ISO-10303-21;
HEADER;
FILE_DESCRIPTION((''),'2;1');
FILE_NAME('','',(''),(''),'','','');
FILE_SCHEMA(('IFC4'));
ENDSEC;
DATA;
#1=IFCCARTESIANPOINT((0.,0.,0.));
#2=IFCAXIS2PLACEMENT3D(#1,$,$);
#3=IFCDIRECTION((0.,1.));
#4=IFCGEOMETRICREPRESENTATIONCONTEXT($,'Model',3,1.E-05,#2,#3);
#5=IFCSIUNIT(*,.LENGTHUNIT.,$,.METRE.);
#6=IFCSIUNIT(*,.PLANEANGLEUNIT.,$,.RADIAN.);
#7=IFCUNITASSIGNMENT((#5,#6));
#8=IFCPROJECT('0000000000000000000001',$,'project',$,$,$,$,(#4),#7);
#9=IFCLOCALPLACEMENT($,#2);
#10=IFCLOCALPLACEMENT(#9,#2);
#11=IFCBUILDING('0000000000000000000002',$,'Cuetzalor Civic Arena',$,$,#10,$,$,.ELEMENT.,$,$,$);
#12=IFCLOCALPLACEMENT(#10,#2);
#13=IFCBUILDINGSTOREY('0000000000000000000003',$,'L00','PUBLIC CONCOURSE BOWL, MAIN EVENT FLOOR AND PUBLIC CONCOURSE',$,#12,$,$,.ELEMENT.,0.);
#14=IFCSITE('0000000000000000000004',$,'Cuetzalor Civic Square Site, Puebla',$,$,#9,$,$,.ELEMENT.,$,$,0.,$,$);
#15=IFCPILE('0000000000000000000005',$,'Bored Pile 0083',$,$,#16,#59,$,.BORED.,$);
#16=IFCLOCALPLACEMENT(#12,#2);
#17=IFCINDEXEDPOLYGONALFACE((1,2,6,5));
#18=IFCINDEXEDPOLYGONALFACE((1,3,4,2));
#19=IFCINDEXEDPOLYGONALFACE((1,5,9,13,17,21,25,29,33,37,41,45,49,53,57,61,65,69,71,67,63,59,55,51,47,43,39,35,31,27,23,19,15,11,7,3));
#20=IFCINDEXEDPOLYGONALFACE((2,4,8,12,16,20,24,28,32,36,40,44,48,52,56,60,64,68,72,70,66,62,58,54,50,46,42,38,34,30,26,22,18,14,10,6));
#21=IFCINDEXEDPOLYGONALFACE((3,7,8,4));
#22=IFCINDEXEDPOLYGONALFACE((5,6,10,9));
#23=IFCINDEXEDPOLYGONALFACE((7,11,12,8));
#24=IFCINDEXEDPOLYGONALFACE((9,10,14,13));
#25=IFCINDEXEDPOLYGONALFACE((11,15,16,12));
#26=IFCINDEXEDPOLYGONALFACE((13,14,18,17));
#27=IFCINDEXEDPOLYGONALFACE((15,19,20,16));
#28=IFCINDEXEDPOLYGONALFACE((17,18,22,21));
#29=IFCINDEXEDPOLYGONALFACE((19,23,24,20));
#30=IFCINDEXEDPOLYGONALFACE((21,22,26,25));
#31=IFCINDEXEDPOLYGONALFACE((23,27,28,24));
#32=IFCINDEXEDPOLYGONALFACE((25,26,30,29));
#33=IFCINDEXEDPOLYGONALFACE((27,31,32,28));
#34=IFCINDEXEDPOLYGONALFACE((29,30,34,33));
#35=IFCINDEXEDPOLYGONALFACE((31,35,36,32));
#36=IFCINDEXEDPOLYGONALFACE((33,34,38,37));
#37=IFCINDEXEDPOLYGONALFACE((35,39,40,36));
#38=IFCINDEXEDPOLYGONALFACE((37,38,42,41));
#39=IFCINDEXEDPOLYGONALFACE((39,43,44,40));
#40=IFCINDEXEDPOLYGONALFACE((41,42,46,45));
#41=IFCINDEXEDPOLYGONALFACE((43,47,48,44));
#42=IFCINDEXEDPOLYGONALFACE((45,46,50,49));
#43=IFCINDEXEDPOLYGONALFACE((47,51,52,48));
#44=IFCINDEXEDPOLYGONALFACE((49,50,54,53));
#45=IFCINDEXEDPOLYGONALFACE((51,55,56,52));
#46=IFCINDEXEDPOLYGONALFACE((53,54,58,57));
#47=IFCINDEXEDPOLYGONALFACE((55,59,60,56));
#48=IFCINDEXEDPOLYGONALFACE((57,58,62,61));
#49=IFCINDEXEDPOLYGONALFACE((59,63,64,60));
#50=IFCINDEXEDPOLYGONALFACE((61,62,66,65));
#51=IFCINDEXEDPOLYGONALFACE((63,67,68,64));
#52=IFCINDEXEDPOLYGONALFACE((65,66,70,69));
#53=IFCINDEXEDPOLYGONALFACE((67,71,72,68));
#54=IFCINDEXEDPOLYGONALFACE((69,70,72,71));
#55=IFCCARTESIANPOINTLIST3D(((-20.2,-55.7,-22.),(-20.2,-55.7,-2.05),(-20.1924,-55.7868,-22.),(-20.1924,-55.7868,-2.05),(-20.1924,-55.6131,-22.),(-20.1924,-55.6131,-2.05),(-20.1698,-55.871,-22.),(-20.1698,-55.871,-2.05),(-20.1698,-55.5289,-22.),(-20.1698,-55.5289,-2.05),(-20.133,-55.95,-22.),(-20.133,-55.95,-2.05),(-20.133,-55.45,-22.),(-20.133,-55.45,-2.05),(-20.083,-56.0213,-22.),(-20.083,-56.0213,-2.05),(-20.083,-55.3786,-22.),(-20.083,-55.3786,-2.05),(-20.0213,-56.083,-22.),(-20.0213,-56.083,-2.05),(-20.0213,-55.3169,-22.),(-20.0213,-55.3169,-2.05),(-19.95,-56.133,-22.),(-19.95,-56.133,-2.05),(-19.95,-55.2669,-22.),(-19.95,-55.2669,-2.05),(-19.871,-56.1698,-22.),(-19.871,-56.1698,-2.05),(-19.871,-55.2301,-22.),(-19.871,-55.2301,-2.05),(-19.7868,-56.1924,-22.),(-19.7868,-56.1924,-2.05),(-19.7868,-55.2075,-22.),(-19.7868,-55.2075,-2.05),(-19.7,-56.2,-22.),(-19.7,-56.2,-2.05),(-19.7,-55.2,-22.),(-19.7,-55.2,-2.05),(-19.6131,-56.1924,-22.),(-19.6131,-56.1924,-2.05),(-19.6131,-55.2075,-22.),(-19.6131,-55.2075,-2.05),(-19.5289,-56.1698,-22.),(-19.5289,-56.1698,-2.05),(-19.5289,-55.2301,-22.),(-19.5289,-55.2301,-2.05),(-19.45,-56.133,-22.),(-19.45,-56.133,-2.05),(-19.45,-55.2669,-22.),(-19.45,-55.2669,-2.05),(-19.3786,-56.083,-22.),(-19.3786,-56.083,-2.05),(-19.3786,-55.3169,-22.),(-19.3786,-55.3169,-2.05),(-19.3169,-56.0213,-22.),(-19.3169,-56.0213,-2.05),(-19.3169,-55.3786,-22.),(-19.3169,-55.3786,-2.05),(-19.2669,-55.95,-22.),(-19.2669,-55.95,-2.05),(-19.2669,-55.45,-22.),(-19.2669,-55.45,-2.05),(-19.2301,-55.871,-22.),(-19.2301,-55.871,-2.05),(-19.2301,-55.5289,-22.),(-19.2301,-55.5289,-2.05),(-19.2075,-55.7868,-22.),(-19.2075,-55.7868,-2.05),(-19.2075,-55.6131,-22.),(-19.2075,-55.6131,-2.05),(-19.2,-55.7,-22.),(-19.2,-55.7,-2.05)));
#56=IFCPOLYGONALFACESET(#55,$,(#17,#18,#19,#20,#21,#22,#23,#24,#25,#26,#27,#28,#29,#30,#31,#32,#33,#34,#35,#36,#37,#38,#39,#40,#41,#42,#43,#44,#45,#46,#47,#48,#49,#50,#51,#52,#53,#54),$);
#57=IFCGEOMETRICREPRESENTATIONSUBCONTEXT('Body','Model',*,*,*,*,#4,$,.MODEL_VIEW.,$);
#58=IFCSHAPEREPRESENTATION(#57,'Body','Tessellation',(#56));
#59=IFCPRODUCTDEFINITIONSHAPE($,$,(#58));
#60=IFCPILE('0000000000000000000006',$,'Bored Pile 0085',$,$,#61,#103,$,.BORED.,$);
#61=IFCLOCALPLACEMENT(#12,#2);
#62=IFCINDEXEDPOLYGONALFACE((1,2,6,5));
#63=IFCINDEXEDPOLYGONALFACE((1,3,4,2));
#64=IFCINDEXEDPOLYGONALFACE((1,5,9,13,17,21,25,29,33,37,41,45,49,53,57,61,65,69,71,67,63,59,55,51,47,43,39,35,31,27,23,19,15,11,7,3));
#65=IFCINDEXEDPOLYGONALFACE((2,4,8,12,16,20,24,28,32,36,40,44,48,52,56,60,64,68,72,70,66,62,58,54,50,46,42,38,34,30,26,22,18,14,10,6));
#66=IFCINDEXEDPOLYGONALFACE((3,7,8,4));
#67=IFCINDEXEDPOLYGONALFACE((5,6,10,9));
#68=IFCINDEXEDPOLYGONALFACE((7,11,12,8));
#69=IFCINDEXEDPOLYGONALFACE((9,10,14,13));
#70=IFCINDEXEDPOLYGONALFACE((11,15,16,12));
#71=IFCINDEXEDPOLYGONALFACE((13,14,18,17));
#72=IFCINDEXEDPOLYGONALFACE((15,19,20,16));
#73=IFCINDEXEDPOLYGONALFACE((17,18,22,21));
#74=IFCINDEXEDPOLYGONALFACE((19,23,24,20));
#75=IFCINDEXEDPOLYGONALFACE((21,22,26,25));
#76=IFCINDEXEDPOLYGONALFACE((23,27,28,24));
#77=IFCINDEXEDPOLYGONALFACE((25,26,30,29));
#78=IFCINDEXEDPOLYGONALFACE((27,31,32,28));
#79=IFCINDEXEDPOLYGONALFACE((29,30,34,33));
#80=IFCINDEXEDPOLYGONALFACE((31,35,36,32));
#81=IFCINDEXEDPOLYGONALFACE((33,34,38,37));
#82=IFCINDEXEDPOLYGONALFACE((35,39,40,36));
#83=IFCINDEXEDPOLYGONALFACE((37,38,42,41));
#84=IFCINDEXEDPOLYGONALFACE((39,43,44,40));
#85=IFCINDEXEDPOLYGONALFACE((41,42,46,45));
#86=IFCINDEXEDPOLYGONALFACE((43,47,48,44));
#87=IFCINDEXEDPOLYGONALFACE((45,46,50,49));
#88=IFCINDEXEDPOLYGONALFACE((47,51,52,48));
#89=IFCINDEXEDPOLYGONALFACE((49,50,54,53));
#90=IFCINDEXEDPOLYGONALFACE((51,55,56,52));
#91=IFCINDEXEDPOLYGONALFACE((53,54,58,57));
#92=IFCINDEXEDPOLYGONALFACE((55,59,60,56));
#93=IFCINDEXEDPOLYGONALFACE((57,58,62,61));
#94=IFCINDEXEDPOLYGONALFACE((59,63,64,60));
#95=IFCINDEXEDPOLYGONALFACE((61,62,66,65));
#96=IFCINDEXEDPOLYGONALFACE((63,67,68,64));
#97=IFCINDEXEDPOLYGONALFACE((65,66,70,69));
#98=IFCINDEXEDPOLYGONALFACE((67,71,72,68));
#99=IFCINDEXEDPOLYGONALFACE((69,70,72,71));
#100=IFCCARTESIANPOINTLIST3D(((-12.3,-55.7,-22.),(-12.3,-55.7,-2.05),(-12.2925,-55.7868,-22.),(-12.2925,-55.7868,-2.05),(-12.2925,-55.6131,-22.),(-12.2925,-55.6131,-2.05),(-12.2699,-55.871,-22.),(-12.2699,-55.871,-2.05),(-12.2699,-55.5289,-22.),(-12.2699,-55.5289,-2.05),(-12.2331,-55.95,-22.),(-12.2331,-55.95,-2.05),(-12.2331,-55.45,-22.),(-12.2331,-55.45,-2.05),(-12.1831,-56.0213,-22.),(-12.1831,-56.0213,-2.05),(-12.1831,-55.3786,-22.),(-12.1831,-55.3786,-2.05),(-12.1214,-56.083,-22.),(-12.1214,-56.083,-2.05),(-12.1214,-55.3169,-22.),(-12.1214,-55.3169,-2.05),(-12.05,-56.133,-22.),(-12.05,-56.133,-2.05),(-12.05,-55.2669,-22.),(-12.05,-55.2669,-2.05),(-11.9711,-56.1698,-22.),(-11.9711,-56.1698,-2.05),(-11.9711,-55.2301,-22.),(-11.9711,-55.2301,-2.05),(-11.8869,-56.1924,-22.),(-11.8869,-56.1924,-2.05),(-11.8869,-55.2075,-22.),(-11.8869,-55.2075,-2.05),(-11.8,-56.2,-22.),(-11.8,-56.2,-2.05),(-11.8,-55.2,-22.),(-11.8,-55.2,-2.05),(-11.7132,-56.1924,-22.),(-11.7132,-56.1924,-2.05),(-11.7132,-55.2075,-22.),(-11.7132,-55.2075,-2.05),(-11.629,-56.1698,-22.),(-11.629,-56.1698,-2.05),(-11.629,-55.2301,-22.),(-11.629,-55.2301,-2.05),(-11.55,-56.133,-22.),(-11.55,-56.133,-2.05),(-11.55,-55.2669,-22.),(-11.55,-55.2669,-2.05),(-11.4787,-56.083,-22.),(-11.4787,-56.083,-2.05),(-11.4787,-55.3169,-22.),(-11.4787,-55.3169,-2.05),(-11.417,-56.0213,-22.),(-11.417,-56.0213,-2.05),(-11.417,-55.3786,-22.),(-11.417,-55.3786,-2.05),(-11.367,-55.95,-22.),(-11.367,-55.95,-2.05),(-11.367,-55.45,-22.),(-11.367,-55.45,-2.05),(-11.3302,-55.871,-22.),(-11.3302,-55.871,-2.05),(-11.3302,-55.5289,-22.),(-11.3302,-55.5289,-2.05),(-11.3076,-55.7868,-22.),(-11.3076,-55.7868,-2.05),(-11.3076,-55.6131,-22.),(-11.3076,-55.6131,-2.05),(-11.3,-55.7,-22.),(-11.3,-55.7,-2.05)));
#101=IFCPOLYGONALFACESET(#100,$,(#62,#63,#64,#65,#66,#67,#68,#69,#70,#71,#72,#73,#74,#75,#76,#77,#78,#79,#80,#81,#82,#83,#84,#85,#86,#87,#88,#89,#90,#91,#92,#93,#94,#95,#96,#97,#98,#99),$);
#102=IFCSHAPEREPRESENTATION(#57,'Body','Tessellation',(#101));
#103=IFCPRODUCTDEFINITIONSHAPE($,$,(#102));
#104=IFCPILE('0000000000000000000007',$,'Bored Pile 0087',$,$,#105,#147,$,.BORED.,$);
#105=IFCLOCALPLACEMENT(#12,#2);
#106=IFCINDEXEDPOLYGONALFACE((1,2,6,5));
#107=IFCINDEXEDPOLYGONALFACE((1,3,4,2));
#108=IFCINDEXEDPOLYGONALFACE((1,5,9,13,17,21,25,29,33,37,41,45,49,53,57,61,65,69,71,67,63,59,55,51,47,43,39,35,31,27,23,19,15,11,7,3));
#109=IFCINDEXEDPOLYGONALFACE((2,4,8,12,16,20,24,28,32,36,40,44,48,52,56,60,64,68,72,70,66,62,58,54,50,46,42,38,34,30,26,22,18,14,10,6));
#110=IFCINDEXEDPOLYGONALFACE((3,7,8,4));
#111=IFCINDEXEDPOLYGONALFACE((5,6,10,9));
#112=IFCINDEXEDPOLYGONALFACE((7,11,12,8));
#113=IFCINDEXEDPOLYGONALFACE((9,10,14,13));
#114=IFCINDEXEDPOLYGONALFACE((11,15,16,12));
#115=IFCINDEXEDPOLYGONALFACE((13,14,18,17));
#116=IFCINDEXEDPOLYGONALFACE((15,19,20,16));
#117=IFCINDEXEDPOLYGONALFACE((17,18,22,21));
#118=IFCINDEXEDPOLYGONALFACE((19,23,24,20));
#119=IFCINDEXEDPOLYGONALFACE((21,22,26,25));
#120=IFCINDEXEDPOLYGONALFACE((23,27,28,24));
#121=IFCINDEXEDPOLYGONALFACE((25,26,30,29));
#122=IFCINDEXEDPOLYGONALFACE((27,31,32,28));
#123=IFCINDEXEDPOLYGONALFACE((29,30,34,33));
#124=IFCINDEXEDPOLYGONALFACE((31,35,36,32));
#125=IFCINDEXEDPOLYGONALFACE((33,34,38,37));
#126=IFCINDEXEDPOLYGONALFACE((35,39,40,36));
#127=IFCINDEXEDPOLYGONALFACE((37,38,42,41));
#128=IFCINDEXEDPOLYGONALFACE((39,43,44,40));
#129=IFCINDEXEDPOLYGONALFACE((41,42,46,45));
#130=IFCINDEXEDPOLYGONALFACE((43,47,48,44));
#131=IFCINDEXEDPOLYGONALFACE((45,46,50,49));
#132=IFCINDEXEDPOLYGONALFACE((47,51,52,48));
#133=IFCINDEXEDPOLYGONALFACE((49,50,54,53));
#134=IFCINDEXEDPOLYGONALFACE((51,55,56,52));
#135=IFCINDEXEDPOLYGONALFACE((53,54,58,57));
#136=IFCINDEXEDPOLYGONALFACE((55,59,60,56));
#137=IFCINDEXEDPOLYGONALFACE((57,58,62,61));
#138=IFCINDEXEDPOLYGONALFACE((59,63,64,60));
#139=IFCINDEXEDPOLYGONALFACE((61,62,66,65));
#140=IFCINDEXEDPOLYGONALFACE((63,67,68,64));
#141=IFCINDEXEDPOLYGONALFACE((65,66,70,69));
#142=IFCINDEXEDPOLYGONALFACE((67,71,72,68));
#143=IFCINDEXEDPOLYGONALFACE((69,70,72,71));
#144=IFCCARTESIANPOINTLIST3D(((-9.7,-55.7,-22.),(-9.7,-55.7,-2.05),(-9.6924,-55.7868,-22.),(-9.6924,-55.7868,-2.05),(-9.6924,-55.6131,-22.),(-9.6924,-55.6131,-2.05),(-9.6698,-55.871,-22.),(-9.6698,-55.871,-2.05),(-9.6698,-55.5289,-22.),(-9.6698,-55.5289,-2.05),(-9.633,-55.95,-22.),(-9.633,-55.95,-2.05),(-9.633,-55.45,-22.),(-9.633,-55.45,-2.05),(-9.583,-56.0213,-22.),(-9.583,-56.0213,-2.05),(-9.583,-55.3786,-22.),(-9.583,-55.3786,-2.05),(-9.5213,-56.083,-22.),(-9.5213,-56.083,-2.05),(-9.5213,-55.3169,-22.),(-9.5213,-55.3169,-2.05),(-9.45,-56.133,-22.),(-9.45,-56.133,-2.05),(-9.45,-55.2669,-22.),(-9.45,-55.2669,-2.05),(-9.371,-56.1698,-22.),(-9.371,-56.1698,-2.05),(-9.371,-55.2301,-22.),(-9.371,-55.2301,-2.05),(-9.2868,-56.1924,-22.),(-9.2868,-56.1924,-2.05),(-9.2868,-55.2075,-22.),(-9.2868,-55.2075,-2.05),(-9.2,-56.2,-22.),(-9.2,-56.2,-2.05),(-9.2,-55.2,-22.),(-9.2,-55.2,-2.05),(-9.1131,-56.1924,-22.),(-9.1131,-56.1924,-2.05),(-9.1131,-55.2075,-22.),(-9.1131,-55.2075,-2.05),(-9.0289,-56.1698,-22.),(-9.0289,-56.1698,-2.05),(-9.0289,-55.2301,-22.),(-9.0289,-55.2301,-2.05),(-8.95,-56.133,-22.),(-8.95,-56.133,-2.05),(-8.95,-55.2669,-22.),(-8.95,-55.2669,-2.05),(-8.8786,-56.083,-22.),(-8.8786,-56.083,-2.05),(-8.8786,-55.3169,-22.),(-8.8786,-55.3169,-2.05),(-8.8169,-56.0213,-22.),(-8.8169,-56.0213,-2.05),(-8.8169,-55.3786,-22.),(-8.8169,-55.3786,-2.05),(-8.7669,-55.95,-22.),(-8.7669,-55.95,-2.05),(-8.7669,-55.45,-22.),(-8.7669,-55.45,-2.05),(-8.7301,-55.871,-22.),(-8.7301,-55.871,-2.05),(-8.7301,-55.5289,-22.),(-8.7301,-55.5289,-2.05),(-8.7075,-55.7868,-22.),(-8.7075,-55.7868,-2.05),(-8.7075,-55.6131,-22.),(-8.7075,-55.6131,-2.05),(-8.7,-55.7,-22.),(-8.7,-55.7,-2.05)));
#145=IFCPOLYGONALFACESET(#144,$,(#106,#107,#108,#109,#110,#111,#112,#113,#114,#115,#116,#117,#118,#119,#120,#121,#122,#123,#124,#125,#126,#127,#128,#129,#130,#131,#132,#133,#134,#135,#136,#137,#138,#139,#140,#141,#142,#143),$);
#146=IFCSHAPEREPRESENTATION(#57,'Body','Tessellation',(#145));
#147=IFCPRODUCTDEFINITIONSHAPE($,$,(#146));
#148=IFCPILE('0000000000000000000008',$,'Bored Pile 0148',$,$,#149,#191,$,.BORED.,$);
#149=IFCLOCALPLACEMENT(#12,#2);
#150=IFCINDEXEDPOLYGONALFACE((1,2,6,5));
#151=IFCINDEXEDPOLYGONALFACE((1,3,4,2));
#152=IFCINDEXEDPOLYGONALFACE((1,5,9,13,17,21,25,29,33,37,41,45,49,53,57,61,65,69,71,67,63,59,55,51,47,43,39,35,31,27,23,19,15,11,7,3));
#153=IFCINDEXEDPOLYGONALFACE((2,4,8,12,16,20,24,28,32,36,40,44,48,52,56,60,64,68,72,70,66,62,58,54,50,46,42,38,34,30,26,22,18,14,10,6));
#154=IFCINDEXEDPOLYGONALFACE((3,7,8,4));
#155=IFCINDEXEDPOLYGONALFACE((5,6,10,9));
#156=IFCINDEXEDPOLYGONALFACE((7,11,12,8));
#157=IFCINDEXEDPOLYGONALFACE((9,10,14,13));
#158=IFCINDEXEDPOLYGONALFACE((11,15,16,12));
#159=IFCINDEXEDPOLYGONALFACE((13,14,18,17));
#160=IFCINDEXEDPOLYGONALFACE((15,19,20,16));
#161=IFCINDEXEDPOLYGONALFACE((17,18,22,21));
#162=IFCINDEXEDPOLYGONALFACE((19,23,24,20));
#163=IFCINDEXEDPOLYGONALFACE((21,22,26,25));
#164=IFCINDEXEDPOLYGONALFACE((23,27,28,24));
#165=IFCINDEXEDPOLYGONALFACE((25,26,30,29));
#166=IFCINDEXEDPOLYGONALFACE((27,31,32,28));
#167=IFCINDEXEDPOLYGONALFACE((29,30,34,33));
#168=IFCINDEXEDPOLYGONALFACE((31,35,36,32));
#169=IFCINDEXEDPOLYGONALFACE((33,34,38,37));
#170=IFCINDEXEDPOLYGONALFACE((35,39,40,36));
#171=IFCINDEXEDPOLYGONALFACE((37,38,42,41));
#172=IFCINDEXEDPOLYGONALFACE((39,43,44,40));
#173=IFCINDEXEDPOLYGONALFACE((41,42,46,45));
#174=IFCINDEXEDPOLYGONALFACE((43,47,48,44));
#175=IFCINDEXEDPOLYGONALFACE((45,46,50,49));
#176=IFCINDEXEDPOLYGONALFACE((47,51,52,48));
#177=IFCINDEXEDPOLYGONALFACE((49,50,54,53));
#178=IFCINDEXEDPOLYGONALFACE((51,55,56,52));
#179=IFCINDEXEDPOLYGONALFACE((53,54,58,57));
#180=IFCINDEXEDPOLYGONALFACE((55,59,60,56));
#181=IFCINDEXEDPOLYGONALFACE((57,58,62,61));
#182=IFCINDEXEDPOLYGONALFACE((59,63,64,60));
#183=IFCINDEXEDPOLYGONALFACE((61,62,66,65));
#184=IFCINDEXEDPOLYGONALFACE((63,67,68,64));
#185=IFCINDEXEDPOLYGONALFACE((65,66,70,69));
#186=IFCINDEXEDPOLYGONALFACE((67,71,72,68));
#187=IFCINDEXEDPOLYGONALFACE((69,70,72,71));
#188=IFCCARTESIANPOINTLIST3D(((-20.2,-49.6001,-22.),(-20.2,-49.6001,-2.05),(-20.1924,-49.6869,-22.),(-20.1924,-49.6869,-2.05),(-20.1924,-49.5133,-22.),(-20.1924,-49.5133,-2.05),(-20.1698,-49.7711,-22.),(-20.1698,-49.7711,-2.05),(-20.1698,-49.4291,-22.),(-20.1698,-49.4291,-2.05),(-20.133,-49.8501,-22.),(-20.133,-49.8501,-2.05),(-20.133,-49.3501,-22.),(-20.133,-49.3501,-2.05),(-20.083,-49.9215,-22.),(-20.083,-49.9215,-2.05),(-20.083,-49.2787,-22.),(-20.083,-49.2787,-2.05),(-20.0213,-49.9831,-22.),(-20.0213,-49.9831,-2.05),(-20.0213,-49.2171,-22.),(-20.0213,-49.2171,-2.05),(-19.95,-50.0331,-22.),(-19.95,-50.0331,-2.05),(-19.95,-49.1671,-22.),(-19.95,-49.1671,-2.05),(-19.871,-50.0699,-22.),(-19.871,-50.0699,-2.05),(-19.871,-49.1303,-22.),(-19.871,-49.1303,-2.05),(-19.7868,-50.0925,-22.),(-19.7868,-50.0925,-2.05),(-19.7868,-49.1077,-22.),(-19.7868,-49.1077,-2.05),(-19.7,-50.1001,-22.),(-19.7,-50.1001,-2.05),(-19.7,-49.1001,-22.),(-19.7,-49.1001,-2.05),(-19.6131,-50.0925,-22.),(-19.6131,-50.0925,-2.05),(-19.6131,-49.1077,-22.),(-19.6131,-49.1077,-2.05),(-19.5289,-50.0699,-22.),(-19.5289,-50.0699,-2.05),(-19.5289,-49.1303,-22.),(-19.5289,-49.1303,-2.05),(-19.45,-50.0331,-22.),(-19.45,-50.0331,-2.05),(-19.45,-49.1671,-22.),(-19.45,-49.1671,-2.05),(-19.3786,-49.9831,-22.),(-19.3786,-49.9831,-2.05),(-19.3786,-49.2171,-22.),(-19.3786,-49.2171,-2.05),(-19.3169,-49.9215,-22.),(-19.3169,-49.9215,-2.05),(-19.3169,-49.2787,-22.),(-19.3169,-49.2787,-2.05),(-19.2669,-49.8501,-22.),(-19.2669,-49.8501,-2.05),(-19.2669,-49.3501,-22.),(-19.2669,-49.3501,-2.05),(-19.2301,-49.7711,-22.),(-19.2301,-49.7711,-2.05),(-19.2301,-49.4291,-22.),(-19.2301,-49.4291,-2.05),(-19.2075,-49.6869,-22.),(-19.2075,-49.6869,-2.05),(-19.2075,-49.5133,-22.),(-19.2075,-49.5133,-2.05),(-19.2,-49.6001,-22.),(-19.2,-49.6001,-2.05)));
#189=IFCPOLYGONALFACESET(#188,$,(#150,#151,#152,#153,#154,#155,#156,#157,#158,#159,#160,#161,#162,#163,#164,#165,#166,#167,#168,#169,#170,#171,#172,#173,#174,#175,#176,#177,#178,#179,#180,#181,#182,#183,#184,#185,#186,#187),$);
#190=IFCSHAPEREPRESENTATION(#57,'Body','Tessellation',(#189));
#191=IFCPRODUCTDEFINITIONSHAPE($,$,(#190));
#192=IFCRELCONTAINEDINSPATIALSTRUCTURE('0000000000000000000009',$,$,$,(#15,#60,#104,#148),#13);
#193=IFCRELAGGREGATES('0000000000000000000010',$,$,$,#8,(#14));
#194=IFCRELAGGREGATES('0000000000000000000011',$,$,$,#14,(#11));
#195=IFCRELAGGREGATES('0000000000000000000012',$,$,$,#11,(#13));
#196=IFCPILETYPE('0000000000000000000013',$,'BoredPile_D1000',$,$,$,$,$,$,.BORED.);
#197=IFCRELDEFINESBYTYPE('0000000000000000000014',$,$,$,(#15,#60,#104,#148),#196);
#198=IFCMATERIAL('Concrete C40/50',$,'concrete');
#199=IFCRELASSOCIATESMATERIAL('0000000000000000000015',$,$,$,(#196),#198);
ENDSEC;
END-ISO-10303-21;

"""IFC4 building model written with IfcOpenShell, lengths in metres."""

from ifc_helpers import new_model, si_unit, direction, frame, origin, origin_2d, place, context, subcontext, project, spatial, circle, extrude, material, material_profile, profile_set, type_object, element, save


model = new_model("IFC4")

# Units and contexts
model_context = context("Model", 3, precision=1e-05, world=origin(), true_north=direction((0.0, 1.0)))
body_context = subcontext(model_context, "Body", "Model", "MODEL_VIEW")
ifc_project = project(units=[si_unit("LENGTHUNIT", "METRE"), si_unit("PLANEANGLEUNIT", "RADIAN")], contexts=[model_context])

# Site, building, storey
site_placement = place(None, origin())
site = spatial("IfcSite", under=ifc_project, at=site_placement, Name="Cuetzalor Civic Square Site, Puebla", CompositionType="ELEMENT", RefElevation=0.0)
building_placement = place(site_placement, origin())
building = spatial("IfcBuilding", under=site, at=building_placement, Name="Cuetzalor Civic Arena", CompositionType="ELEMENT")
storey_placement = place(building_placement, origin())
storey = spatial("IfcBuildingStorey", under=building, at=storey_placement, Name="L00", Description="PUBLIC CONCOURSE BOWL, MAIN EVENT FLOOR AND PUBLIC CONCOURSE", CompositionType="ELEMENT", Elevation=0.0)

# Piles
ifc_material_1 = material(Name="Concrete C40/50", Category="concrete")
ifc_material_profile_1 = material_profile(ifc_material_1, circle(Radius=0.5, at=origin_2d()), Name="BORED PILE D1000")
ifc_profile_set_1 = profile_set([ifc_material_profile_1], Name="Concrete C40/50")
pile_type_1 = type_object("IfcPileType", Name="BoredPile_D1000", PredefinedType="BORED", material=ifc_profile_set_1)
for number, where, z_axis, x_axis, name in (
    (1, (-19.7, -55.7, -2.05), (0.0, 0.0, -1.0), (1.0, 0.0, 0.0), "Bored Pile 0083"),
    (2, (-11.8, -55.7, -2.05), (0.0, 0.0, -1.0), (1.0, 0.0, 0.0), "Bored Pile 0085"),
    (3, (-9.2, -55.7, -2.05), (0.0, 0.0, -1.0), (1.0, 0.0, 0.0), "Bored Pile 0087"),
    (4, (-19.7, -49.6001, -2.05), (0.0, 0.0, -1.0), (1.0, 0.0, 0.0), "Bored Pile 0148"),
):
    element("IfcPile", number, at=place(storey_placement, frame(where, z_axis=z_axis, x_axis=x_axis)), inside=storey, type_object=pile_type_1, Name=name, PredefinedType="BORED", context=body_context, shape_type="SweptSolid", body=[
        extrude(circle(Radius=0.5, at=origin_2d()), origin(), (0.0, 0.0, 1.0), 19.95),
    ])

save(model, "model.ifc")
